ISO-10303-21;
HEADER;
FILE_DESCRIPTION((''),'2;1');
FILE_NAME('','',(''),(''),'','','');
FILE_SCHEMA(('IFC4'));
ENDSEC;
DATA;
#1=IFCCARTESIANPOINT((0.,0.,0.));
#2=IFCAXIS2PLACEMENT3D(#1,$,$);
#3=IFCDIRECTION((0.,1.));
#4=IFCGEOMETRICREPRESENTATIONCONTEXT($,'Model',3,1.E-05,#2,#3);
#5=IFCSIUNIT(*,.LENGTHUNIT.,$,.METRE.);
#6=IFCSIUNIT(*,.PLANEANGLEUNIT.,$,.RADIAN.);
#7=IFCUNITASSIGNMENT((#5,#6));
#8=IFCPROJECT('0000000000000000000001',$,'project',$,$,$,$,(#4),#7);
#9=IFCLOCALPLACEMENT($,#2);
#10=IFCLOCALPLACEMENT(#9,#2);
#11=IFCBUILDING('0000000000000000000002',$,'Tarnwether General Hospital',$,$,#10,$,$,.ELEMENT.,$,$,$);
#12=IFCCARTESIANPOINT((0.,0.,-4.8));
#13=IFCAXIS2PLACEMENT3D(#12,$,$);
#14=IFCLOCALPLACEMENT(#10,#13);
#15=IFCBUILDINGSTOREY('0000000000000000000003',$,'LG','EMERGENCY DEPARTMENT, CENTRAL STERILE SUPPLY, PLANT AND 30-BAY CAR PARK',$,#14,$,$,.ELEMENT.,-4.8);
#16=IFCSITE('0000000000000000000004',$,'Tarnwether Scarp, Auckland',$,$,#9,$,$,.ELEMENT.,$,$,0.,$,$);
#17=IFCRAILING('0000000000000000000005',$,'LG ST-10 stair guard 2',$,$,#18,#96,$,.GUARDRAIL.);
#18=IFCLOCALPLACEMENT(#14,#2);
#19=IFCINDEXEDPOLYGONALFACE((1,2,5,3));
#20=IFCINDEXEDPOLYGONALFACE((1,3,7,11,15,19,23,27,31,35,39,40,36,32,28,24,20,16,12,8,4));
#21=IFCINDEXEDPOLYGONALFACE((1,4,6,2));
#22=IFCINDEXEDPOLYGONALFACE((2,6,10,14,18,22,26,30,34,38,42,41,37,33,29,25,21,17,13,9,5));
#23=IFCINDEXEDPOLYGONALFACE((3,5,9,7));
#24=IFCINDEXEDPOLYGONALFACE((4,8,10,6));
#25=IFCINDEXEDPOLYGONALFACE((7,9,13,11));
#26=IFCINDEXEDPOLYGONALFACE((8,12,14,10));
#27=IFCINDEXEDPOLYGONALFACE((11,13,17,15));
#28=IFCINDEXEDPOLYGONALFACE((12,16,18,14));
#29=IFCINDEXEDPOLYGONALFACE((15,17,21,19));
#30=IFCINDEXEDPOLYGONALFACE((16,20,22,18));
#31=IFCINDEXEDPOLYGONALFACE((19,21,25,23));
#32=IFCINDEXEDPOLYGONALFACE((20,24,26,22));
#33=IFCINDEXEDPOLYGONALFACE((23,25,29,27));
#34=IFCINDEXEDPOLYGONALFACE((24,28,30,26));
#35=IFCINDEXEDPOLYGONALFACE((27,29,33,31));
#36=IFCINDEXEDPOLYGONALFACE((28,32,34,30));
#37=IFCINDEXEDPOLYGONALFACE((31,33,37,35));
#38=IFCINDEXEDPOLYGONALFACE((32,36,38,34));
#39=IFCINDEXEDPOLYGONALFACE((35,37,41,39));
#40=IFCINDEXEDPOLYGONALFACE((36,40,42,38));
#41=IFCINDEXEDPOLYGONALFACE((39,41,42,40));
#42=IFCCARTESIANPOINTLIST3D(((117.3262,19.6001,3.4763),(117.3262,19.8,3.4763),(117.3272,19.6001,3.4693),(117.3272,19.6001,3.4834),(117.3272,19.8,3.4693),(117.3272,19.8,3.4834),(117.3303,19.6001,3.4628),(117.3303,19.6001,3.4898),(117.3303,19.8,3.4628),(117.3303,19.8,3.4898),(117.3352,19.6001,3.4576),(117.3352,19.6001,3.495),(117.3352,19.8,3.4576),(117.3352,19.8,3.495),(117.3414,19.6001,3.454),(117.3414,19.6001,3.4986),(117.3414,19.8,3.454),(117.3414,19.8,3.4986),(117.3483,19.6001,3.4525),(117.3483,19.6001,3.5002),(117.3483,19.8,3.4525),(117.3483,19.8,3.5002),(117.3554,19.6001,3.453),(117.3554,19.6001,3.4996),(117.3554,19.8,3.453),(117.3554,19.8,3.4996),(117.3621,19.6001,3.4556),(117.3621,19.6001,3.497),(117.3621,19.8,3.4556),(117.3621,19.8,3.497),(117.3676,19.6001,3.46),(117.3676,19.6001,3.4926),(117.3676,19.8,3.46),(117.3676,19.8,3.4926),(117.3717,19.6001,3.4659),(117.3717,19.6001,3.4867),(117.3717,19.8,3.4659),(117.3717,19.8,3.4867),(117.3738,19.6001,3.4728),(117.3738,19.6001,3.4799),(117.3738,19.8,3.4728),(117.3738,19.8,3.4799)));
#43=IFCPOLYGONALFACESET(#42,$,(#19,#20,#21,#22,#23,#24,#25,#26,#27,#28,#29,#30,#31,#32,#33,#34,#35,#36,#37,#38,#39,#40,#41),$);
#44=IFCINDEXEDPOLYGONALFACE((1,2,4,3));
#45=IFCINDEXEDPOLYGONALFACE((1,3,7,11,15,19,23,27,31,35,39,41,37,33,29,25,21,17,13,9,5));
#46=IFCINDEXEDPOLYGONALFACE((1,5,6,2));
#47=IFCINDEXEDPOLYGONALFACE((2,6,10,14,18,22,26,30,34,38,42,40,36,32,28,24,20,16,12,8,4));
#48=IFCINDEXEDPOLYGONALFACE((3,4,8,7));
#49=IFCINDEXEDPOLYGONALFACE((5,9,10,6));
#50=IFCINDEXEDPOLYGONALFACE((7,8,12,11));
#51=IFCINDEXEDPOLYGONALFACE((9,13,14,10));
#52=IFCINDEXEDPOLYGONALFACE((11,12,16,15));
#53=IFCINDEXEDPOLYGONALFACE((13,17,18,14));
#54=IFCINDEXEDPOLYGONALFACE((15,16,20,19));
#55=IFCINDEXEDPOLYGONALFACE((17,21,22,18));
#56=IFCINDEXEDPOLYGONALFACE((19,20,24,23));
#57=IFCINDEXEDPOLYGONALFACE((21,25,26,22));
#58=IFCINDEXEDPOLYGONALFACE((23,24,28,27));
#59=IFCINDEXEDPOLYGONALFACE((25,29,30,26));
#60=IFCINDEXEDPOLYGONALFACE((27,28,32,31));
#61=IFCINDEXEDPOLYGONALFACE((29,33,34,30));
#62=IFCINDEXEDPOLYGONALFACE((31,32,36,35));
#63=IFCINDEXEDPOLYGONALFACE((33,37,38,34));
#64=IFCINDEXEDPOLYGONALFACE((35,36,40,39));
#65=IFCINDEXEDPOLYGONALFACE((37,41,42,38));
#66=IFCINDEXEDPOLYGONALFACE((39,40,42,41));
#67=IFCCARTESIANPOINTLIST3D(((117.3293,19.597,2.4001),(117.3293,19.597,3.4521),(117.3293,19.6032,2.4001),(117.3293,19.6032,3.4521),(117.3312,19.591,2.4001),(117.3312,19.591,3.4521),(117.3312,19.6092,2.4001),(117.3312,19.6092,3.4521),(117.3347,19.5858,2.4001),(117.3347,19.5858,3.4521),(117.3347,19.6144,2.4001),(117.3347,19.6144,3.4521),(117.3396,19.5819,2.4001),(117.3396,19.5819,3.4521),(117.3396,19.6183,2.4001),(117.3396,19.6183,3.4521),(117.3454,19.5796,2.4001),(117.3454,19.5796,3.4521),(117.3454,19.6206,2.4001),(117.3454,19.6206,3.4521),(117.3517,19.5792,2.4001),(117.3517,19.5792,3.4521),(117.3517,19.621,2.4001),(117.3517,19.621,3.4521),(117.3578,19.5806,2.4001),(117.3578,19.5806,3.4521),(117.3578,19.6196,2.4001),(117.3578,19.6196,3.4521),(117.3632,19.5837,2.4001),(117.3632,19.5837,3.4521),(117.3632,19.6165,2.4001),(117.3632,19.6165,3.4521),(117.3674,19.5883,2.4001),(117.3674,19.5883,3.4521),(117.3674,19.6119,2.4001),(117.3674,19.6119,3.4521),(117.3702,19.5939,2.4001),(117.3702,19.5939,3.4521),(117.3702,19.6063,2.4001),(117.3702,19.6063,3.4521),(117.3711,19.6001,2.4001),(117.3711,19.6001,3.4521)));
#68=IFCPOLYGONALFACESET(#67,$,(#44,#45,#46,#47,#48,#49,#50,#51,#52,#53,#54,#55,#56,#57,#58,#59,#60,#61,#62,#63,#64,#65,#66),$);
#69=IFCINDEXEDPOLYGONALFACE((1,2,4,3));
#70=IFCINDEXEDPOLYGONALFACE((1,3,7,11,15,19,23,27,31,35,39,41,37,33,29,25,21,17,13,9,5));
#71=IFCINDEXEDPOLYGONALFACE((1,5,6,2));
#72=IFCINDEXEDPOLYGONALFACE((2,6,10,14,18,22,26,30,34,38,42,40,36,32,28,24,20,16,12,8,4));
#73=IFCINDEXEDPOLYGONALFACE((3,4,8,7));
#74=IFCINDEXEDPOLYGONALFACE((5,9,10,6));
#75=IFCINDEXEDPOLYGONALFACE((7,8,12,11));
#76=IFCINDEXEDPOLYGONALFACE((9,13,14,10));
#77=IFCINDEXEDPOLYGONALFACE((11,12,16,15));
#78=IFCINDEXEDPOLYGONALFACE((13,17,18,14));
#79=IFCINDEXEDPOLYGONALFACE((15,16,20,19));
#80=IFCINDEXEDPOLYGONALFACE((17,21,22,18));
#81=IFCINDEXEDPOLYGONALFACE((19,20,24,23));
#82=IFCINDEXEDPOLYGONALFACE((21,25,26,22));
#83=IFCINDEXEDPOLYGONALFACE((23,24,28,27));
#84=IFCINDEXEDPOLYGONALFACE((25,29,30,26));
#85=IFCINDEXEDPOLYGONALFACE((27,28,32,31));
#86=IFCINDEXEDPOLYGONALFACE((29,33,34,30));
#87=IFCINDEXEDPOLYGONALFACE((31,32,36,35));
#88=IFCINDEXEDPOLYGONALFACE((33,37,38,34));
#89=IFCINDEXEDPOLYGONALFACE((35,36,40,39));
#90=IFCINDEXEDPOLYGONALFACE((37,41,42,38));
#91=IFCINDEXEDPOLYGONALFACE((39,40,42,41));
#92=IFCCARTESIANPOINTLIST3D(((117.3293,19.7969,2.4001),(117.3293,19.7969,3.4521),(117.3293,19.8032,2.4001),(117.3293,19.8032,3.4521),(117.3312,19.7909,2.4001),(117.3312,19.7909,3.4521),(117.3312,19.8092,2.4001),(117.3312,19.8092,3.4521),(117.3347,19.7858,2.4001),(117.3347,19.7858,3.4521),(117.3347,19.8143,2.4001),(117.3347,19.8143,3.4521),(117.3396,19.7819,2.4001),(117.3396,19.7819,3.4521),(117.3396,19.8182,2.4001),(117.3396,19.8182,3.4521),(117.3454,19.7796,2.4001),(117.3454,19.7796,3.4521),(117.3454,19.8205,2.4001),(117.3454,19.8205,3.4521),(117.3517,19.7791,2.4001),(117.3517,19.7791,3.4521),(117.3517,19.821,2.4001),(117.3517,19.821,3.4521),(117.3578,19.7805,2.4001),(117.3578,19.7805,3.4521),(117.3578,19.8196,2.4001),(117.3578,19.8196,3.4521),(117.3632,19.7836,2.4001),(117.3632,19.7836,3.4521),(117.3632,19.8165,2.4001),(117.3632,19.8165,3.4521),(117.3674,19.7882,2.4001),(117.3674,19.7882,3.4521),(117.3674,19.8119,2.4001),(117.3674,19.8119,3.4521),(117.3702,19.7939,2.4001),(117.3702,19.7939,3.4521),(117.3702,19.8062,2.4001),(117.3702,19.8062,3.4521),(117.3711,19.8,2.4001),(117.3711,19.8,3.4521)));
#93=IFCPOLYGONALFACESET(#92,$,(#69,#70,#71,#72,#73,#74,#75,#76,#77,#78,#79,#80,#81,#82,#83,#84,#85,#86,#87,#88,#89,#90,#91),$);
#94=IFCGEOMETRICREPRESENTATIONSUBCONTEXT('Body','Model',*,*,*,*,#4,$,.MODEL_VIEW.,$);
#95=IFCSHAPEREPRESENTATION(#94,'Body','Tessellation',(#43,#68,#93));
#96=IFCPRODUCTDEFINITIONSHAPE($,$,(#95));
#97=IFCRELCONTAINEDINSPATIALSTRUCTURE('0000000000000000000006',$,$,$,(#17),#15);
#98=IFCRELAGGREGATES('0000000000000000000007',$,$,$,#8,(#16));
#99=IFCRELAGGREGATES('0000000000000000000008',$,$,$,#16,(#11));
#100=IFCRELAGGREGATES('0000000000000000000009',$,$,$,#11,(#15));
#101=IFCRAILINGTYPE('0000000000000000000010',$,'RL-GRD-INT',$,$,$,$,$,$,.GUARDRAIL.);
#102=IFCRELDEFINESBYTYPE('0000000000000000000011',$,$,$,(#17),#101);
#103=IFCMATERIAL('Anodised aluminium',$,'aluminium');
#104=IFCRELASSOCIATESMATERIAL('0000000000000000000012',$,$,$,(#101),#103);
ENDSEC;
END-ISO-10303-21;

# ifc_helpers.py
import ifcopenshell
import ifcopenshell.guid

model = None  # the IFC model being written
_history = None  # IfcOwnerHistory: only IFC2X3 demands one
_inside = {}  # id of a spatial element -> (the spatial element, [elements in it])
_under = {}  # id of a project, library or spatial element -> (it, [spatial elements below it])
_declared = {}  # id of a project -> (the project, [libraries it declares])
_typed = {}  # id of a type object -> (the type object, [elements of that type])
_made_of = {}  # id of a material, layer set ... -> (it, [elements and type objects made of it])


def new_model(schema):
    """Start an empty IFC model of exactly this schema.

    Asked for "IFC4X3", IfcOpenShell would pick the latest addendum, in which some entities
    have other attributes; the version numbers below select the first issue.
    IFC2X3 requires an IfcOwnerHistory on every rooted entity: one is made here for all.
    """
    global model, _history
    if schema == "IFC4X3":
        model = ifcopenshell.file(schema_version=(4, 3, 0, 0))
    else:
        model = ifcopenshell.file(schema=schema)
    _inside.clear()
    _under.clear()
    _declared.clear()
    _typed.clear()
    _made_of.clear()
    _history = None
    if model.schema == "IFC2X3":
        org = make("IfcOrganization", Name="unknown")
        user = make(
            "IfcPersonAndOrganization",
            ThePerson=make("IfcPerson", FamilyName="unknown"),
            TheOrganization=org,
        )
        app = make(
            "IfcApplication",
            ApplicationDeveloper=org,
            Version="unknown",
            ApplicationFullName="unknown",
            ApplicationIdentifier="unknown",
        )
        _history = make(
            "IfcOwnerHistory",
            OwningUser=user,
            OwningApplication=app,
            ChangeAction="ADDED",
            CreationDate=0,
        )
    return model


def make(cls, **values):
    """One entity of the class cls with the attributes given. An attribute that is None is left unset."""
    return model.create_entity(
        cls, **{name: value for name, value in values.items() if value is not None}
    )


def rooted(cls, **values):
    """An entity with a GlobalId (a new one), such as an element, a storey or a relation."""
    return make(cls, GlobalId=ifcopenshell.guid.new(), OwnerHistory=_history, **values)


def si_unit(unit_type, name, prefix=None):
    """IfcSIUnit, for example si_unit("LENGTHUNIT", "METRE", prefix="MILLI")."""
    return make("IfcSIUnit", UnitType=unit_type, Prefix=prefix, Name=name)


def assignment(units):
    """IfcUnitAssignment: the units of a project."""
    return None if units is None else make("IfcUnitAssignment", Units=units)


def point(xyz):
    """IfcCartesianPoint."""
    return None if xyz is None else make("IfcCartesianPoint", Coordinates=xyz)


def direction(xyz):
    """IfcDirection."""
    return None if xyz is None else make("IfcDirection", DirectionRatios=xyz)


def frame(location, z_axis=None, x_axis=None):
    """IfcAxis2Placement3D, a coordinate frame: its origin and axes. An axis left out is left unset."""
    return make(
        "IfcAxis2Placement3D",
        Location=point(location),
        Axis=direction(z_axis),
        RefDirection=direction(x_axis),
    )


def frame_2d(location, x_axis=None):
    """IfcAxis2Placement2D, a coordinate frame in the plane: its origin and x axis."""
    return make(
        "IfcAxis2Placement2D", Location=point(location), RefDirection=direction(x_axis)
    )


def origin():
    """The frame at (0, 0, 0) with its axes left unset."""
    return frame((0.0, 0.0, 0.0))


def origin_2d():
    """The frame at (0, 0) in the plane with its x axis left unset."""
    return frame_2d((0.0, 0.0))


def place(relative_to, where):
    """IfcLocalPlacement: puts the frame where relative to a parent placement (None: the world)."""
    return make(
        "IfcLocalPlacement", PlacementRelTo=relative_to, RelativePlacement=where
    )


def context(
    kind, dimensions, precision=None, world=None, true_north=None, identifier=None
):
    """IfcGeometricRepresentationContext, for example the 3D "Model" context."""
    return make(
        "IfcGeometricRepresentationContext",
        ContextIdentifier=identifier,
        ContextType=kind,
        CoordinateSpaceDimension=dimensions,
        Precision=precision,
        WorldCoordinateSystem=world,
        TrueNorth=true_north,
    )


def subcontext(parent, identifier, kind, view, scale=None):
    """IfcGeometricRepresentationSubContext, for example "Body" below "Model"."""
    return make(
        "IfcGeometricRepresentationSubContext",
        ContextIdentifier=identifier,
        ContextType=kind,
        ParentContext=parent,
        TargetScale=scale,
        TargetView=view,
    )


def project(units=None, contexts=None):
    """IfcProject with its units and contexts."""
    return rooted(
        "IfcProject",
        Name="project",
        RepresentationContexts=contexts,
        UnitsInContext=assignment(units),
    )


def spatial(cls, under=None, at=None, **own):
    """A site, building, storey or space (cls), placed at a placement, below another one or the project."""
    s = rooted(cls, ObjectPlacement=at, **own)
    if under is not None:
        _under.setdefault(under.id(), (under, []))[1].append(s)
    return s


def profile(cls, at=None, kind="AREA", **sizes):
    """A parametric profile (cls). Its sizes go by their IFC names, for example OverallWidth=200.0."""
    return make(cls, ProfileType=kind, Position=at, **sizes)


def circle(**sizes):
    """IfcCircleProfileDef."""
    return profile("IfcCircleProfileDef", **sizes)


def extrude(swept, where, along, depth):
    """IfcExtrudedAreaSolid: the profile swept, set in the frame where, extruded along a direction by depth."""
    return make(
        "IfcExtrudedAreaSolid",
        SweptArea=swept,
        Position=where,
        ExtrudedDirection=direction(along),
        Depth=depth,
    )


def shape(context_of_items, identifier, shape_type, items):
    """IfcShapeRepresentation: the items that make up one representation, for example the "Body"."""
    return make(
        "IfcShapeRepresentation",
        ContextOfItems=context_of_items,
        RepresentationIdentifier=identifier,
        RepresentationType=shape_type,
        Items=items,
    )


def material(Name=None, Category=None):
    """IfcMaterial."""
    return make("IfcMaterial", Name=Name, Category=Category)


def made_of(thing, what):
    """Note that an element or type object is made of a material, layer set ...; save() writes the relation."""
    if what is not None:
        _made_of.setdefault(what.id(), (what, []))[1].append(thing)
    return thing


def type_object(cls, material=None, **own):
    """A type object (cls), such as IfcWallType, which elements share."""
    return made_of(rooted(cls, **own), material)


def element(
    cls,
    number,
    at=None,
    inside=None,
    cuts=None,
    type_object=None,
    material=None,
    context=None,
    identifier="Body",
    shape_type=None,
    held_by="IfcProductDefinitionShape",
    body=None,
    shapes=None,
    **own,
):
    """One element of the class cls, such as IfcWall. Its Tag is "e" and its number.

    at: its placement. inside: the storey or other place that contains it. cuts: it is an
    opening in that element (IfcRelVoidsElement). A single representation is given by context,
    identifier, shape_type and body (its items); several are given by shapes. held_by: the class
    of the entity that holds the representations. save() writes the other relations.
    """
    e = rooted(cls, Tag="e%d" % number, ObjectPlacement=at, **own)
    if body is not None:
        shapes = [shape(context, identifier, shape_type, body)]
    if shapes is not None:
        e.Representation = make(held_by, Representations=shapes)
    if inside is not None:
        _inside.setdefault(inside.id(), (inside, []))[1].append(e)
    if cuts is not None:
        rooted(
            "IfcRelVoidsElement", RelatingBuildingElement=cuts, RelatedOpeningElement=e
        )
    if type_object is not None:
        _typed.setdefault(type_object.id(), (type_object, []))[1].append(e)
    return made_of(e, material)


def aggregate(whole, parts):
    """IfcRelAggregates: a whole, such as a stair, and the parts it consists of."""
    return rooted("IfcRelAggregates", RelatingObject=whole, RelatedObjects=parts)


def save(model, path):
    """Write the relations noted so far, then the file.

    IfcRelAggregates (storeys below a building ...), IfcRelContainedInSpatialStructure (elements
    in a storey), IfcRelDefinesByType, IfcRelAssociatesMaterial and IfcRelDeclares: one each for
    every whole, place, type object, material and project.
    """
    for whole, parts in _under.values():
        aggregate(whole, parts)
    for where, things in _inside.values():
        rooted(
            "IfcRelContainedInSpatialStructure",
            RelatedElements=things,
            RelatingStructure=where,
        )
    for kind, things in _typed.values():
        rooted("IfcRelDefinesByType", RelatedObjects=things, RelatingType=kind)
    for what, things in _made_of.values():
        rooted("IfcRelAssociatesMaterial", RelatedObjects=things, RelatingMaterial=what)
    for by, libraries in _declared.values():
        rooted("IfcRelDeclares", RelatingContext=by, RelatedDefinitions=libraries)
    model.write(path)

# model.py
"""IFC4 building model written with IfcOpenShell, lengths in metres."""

from ifc_helpers import new_model, si_unit, direction, frame, origin, origin_2d, place, context, subcontext, project, spatial, circle, extrude, material, type_object, element, save


model = new_model("IFC4")

# Units and contexts
model_context = context("Model", 3, precision=1e-05, world=origin(), true_north=direction((0.0, 1.0)))
body_context = subcontext(model_context, "Body", "Model", "MODEL_VIEW")
ifc_project = project(units=[si_unit("LENGTHUNIT", "METRE"), si_unit("PLANEANGLEUNIT", "RADIAN")], contexts=[model_context])

# Site, building, storey
site_placement = place(None, origin())
site = spatial("IfcSite", under=ifc_project, at=site_placement, Name="Tarnwether Scarp, Auckland", CompositionType="ELEMENT", RefElevation=0.0)
building_placement = place(site_placement, origin())
building = spatial("IfcBuilding", under=site, at=building_placement, Name="Tarnwether General Hospital", CompositionType="ELEMENT")
storey_placement = place(building_placement, frame((0.0, 0.0, -4.8)))
storey = spatial("IfcBuildingStorey", under=building, at=storey_placement, Name="LG", Description="EMERGENCY DEPARTMENT, CENTRAL STERILE SUPPLY, PLANT AND 30-BAY CAR PARK", CompositionType="ELEMENT", Elevation=-4.8)

# Railing
ifc_material_1 = material(Name="Anodised aluminium", Category="aluminium")
railing_type_1 = type_object("IfcRailingType", Name="RL-GRD-INT", PredefinedType="GUARDRAIL", material=ifc_material_1)
railing_1_placement = place(storey_placement, frame((117.3501, 19.6001, 2.4001)))
element("IfcRailing", 1, at=railing_1_placement, inside=storey, type_object=railing_type_1, Name="LG ST-10 stair guard 2", PredefinedType="GUARDRAIL", context=body_context, shape_type="SweptSolid", body=[
    extrude(circle(Radius=0.0239, at=origin_2d()), frame((0.0, 0.0, 1.0762), z_axis=(0.0, 1.0, 0.0), x_axis=(-1.0, 0.0, 0.0)), (0.0, 0.0, 1.0), 0.2),
    extrude(circle(Radius=0.021, at=origin_2d()), origin(), (0.0, 0.0, 1.0), 1.052),
    extrude(circle(Radius=0.021, at=origin_2d()), frame((0.0, 0.2, 0.0)), (0.0, 0.0, 1.0), 1.052),
])

save(model, "model.ifc")
